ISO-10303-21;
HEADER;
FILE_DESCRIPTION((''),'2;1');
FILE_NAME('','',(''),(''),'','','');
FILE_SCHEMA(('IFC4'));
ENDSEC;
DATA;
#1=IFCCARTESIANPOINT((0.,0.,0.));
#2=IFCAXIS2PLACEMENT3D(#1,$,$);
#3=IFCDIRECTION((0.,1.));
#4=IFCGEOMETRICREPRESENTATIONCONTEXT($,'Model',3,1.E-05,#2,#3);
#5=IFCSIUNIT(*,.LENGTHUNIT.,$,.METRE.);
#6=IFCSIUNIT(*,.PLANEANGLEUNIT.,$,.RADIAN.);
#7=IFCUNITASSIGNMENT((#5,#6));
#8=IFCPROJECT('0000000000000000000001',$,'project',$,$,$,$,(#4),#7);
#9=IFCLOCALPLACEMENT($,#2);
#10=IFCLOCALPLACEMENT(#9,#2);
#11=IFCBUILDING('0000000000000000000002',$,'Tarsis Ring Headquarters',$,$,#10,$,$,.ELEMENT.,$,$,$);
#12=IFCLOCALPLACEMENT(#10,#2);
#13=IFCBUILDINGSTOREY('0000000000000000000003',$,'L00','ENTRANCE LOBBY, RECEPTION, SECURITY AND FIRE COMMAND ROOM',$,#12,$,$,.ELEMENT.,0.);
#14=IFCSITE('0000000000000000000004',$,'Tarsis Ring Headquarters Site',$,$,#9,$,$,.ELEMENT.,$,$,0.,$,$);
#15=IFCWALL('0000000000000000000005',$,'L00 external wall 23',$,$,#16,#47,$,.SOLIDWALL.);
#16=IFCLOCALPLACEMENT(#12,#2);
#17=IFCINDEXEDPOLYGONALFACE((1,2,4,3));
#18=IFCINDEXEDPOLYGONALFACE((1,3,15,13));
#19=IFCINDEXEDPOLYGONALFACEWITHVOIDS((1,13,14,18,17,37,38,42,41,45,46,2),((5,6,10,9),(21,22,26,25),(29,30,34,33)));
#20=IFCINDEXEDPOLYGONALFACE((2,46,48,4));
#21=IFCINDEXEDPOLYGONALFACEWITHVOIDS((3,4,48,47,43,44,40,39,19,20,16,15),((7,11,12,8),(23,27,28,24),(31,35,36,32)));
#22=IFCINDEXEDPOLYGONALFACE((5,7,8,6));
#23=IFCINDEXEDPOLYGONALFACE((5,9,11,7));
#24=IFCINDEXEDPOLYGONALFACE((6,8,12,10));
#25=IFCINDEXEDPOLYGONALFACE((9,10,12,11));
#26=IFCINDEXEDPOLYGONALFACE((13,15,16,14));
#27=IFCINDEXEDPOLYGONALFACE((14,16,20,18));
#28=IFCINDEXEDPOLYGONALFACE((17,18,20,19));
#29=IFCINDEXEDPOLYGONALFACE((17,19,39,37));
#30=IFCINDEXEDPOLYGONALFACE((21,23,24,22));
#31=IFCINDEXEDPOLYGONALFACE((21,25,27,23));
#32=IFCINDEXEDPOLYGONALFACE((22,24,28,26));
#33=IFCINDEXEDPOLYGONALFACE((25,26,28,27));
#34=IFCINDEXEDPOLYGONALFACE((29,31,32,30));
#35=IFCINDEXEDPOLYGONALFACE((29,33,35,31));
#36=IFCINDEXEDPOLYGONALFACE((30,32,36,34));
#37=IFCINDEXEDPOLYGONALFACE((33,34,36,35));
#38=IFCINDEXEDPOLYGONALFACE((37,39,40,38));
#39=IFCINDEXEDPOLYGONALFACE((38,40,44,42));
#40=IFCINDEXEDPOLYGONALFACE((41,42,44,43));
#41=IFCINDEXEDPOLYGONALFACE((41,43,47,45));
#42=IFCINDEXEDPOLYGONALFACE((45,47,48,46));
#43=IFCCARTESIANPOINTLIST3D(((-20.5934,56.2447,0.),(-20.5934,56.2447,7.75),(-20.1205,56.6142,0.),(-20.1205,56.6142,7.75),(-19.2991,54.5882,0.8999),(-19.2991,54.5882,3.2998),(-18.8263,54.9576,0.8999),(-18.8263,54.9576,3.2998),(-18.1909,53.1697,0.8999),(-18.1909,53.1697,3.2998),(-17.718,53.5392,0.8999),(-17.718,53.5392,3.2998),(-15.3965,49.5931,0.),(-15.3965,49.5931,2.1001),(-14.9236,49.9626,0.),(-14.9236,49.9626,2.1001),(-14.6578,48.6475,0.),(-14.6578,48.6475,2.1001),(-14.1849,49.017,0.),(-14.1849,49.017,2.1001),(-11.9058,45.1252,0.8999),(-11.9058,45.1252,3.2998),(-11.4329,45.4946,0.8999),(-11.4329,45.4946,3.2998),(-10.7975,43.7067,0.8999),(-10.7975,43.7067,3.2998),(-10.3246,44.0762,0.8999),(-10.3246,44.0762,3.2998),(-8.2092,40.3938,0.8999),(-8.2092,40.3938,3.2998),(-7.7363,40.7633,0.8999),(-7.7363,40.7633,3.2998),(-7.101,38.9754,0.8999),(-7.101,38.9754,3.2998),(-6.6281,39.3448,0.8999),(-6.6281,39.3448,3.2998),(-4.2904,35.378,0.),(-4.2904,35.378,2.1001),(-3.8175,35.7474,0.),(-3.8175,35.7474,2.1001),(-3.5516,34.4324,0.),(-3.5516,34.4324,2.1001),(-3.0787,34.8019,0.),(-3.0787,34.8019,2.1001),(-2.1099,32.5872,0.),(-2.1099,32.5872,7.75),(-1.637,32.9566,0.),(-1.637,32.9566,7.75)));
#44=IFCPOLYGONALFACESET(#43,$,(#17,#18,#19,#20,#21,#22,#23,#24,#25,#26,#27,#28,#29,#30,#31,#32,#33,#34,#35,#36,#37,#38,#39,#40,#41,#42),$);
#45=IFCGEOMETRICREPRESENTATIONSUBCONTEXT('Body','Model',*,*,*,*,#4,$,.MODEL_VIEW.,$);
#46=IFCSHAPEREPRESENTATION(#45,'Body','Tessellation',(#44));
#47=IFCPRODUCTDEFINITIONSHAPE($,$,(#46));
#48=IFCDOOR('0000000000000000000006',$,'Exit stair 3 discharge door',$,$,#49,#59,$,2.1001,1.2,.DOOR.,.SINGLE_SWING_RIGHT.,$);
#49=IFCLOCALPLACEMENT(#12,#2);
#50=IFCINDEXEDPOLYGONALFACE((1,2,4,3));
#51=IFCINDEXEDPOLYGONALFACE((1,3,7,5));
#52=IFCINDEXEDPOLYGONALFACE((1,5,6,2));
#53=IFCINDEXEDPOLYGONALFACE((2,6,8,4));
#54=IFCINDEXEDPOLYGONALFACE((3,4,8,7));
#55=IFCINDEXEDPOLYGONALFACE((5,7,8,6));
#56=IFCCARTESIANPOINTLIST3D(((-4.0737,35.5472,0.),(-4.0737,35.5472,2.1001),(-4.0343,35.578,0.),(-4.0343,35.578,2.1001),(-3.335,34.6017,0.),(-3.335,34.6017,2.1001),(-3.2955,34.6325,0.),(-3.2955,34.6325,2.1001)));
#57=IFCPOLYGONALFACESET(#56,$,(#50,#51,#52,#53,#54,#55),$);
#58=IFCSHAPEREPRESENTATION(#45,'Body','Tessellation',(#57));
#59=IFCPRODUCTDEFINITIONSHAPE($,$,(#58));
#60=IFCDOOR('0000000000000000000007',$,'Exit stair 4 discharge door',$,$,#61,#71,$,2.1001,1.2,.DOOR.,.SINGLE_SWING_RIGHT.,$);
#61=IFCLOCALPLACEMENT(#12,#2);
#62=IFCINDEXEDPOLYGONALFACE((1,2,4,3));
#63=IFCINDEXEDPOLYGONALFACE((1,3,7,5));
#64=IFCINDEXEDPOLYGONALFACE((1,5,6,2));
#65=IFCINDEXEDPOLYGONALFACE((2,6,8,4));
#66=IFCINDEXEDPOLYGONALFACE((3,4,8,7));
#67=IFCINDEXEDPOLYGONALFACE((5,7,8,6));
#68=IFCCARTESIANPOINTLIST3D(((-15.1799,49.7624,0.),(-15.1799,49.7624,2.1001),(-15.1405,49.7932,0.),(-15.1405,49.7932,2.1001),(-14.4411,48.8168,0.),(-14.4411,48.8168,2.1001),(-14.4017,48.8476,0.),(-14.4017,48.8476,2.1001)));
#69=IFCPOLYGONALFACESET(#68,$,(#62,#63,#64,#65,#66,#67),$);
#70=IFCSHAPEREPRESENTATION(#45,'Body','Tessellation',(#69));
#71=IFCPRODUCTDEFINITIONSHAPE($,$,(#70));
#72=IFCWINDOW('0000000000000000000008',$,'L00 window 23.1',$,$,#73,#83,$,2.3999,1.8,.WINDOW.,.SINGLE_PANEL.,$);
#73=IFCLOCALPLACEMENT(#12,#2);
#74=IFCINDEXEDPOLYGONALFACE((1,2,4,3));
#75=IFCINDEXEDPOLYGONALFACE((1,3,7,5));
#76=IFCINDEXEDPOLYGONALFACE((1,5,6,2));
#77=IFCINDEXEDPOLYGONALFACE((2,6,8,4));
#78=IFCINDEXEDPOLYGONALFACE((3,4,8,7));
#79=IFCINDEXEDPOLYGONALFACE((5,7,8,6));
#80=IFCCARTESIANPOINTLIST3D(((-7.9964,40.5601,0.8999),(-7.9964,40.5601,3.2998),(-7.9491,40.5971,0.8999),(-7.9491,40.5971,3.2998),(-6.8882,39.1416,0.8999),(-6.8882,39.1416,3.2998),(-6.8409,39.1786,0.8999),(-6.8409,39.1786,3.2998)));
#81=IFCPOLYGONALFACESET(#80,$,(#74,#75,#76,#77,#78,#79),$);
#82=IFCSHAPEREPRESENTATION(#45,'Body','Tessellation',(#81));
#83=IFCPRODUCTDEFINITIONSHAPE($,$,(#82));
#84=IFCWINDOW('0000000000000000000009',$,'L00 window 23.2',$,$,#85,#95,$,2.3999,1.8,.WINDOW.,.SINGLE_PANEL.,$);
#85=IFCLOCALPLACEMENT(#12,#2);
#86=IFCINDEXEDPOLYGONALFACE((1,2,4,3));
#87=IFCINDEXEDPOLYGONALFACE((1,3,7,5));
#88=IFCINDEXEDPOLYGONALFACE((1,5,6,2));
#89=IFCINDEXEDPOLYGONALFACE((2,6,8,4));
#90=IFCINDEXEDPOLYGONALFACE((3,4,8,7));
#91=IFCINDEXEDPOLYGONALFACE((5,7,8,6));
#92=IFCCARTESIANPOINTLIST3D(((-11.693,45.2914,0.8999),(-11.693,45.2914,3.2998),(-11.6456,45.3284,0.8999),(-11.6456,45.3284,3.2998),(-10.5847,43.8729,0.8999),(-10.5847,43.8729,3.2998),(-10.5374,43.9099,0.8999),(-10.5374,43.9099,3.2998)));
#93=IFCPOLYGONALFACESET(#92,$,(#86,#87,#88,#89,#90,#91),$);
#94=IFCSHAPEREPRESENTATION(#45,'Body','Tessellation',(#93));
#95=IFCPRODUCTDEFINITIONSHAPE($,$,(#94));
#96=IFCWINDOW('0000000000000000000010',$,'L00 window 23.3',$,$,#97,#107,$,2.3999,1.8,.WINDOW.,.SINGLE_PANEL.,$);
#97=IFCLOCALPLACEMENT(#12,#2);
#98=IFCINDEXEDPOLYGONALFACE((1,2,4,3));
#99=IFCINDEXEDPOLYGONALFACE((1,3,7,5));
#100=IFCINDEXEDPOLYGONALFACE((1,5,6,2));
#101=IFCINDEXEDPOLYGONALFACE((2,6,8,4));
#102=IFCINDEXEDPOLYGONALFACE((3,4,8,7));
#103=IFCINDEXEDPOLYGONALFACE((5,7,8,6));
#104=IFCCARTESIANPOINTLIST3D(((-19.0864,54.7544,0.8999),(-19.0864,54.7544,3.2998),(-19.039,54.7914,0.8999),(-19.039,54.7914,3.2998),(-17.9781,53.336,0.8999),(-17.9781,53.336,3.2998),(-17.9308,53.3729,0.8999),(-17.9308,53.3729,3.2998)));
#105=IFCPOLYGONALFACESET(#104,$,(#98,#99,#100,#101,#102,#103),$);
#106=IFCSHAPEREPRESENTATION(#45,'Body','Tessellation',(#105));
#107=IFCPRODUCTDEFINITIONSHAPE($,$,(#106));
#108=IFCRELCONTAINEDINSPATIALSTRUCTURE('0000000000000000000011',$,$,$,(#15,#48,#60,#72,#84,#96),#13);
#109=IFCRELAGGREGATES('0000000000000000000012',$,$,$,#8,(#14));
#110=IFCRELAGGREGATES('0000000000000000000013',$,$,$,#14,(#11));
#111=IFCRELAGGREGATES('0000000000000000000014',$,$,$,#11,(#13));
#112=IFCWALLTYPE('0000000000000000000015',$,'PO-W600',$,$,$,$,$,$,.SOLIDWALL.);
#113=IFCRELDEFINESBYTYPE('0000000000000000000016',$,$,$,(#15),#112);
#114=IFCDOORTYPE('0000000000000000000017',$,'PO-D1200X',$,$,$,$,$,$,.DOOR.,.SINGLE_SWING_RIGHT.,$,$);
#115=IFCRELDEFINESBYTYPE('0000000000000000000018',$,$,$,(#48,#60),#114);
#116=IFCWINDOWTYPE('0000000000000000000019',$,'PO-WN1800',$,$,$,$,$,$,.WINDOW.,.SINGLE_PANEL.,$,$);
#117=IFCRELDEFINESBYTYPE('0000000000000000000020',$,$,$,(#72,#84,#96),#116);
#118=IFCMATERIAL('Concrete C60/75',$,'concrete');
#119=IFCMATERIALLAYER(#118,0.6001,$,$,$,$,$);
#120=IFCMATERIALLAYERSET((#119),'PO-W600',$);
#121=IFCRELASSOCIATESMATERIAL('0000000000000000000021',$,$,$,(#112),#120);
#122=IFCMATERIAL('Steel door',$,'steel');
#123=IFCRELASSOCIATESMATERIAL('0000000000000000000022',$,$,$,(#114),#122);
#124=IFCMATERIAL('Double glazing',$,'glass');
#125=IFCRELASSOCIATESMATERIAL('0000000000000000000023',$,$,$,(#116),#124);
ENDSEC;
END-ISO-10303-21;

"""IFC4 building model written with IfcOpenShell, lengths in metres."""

from ifc_helpers import new_model, si_unit, direction, frame, frame_2d, origin, place, context, subcontext, project, spatial, rectangle, extrude, material, layer, layer_set, type_object, element, fill, save


model = new_model("IFC4")

# Units and contexts
model_context = context("Model", 3, precision=1e-05, world=origin(), true_north=direction((0.0, 1.0)))
body_context = subcontext(model_context, "Body", "Model", "MODEL_VIEW")
ifc_project = project(units=[si_unit("LENGTHUNIT", "METRE"), si_unit("PLANEANGLEUNIT", "RADIAN")], contexts=[model_context])

# Site, building, storey
site_placement = place(None, origin())
site = spatial("IfcSite", under=ifc_project, at=site_placement, Name="Tarsis Ring Headquarters Site", CompositionType="ELEMENT", RefElevation=0.0)
building_placement = place(site_placement, origin())
building = spatial("IfcBuilding", under=site, at=building_placement, Name="Tarsis Ring Headquarters", CompositionType="ELEMENT")
storey_placement = place(building_placement, origin())
storey = spatial("IfcBuildingStorey", under=building, at=storey_placement, Name="L00", Description="ENTRANCE LOBBY, RECEPTION, SECURITY AND FIRE COMMAND ROOM", CompositionType="ELEMENT", Elevation=0.0)

# Wall, openings, doors, windows
ifc_material_1 = material(Name="Concrete C60/75", Category="concrete")
ifc_layer = layer(ifc_material_1, 0.6001)
ifc_layer_set = layer_set([ifc_layer], Name="PO-W600")
wall_type = type_object("IfcWallType", Name="PO-W600", PredefinedType="SOLIDWALL", material=ifc_layer_set)
wall_1_placement = place(storey_placement, frame((-20.3569, 56.4294, 0.0), z_axis=(0.0, 0.0, 1.0), x_axis=(0.615665, -0.788008, 0.0)))
wall_1 = element("IfcWall", 1, at=wall_1_placement, inside=storey, type_object=wall_type, Name="L00 external wall 23", PredefinedType="SOLIDWALL", context=body_context, shape_type="SweptSolid", body=[
    extrude(rectangle(XDim=30.022, YDim=0.6001, at=frame_2d((15.011, 0.0))), origin(), (0.0, 0.0, 1.0), 7.75),
])
opening_1_placement = place(wall_1_placement, frame((20.1152, 0.0, 0.8999)))
opening_1 = element("IfcOpeningElement", 2, at=opening_1_placement, cuts=wall_1, PredefinedType="OPENING", context=body_context, shape_type="SweptSolid", body=[
    extrude(rectangle(XDim=1.8, YDim=2.3999, at=frame_2d((0.8999, 1.2))), frame((0.0, 0.3101, 0.0), z_axis=(0.0, -1.0, 0.0), x_axis=(1.0, 0.0, 0.0)), (0.0, 0.0, 1.0), 0.6201),
])
opening_2_placement = place(wall_1_placement, frame((14.1111, 0.0, 0.8999)))
opening_2 = element("IfcOpeningElement", 3, at=opening_2_placement, cuts=wall_1, PredefinedType="OPENING", context=body_context, shape_type="SweptSolid", body=[
    extrude(rectangle(XDim=1.8, YDim=2.3999, at=frame_2d((0.8999, 1.2))), frame((0.0, 0.3101, 0.0), z_axis=(0.0, -1.0, 0.0), x_axis=(1.0, 0.0, 0.0)), (0.0, 0.0, 1.0), 0.6201),
])
opening_3_placement = place(wall_1_placement, frame((2.1023, 0.0, 0.8999)))
opening_3 = element("IfcOpeningElement", 4, at=opening_3_placement, cuts=wall_1, PredefinedType="OPENING", context=body_context, shape_type="SweptSolid", body=[
    extrude(rectangle(XDim=1.8, YDim=2.3999, at=frame_2d((0.8999, 1.2))), frame((0.0, 0.3101, 0.0), z_axis=(0.0, -1.0, 0.0), x_axis=(1.0, 0.0, 0.0)), (0.0, 0.0, 1.0), 0.6201),
])
opening_4_placement = place(wall_1_placement, frame((26.4802, 0.0, 0.0)))
opening_4 = element("IfcOpeningElement", 5, at=opening_4_placement, cuts=wall_1, PredefinedType="OPENING", context=body_context, shape_type="SweptSolid", body=[
    extrude(rectangle(XDim=1.2, YDim=2.1001, at=frame_2d((0.6001, 1.05))), frame((0.0, 0.3101, 0.0), z_axis=(0.0, -1.0, 0.0), x_axis=(1.0, 0.0, 0.0)), (0.0, 0.0, 1.0), 0.6201),
])
opening_5_placement = place(wall_1_placement, frame((8.4409, 0.0, 0.0)))
opening_5 = element("IfcOpeningElement", 6, at=opening_5_placement, cuts=wall_1, PredefinedType="OPENING", context=body_context, shape_type="SweptSolid", body=[
    extrude(rectangle(XDim=1.2, YDim=2.1001, at=frame_2d((0.6001, 1.05))), frame((0.0, 0.3101, 0.0), z_axis=(0.0, -1.0, 0.0), x_axis=(1.0, 0.0, 0.0)), (0.0, 0.0, 1.0), 0.6201),
])
ifc_material_2 = material(Name="Steel door", Category="steel")
door_type = type_object("IfcDoorType", Name="PO-D1200X", OperationType="SINGLE_SWING_RIGHT", PredefinedType="DOOR", material=ifc_material_2)
door_1_placement = place(opening_4_placement, origin())
door_1 = element("IfcDoor", 7, at=door_1_placement, inside=storey, type_object=door_type, Name="Exit stair 3 discharge door", OperationType="SINGLE_SWING_RIGHT", OverallHeight=2.1001, OverallWidth=1.2, PredefinedType="DOOR", context=body_context, shape_type="SweptSolid", body=[
    extrude(rectangle(XDim=1.2, YDim=2.1001, at=frame_2d((0.6001, 1.05))), frame((0.0, 0.0249, 0.0), z_axis=(0.0, -1.0, 0.0), x_axis=(1.0, 0.0, 0.0)), (0.0, 0.0, 1.0), 0.05),
])
fill(opening_4, door_1)
door_2_placement = place(opening_5_placement, origin())
door_2 = element("IfcDoor", 8, at=door_2_placement, inside=storey, type_object=door_type, Name="Exit stair 4 discharge door", OperationType="SINGLE_SWING_RIGHT", OverallHeight=2.1001, OverallWidth=1.2, PredefinedType="DOOR", context=body_context, shape_type="SweptSolid", body=[
    extrude(rectangle(XDim=1.2, YDim=2.1001, at=frame_2d((0.6001, 1.05))), frame((0.0, 0.0249, 0.0), z_axis=(0.0, -1.0, 0.0), x_axis=(1.0, 0.0, 0.0)), (0.0, 0.0, 1.0), 0.05),
])
fill(opening_5, door_2)
ifc_material_3 = material(Name="Double glazing", Category="glass")
window_type = type_object("IfcWindowType", Name="PO-WN1800", PartitioningType="SINGLE_PANEL", PredefinedType="WINDOW", material=ifc_material_3)
window_1_placement = place(opening_1_placement, origin())
window_1 = element("IfcWindow", 9, at=window_1_placement, inside=storey, type_object=window_type, Name="L00 window 23.1", OverallHeight=2.3999, OverallWidth=1.8, PartitioningType="SINGLE_PANEL", PredefinedType="WINDOW", context=body_context, shape_type="SweptSolid", body=[
    extrude(rectangle(XDim=1.8, YDim=2.3999, at=frame_2d((0.8999, 1.2))), frame((0.0, 0.03, 0.0), z_axis=(0.0, -1.0, 0.0), x_axis=(1.0, 0.0, 0.0)), (0.0, 0.0, 1.0), 0.0601),
])
fill(opening_1, window_1)
window_2_placement = place(opening_2_placement, origin())
window_2 = element("IfcWindow", 10, at=window_2_placement, inside=storey, type_object=window_type, Name="L00 window 23.2", OverallHeight=2.3999, OverallWidth=1.8, PartitioningType="SINGLE_PANEL", PredefinedType="WINDOW", context=body_context, shape_type="SweptSolid", body=[
    extrude(rectangle(XDim=1.8, YDim=2.3999, at=frame_2d((0.8999, 1.2))), frame((0.0, 0.03, 0.0), z_axis=(0.0, -1.0, 0.0), x_axis=(1.0, 0.0, 0.0)), (0.0, 0.0, 1.0), 0.0601),
])
fill(opening_2, window_2)
window_3_placement = place(opening_3_placement, origin())
window_3 = element("IfcWindow", 11, at=window_3_placement, inside=storey, type_object=window_type, Name="L00 window 23.3", OverallHeight=2.3999, OverallWidth=1.8, PartitioningType="SINGLE_PANEL", PredefinedType="WINDOW", context=body_context, shape_type="SweptSolid", body=[
    extrude(rectangle(XDim=1.8, YDim=2.3999, at=frame_2d((0.8999, 1.2))), frame((0.0, 0.03, 0.0), z_axis=(0.0, -1.0, 0.0), x_axis=(1.0, 0.0, 0.0)), (0.0, 0.0, 1.0), 0.0601),
])
fill(opening_3, window_3)

save(model, "model.ifc")
